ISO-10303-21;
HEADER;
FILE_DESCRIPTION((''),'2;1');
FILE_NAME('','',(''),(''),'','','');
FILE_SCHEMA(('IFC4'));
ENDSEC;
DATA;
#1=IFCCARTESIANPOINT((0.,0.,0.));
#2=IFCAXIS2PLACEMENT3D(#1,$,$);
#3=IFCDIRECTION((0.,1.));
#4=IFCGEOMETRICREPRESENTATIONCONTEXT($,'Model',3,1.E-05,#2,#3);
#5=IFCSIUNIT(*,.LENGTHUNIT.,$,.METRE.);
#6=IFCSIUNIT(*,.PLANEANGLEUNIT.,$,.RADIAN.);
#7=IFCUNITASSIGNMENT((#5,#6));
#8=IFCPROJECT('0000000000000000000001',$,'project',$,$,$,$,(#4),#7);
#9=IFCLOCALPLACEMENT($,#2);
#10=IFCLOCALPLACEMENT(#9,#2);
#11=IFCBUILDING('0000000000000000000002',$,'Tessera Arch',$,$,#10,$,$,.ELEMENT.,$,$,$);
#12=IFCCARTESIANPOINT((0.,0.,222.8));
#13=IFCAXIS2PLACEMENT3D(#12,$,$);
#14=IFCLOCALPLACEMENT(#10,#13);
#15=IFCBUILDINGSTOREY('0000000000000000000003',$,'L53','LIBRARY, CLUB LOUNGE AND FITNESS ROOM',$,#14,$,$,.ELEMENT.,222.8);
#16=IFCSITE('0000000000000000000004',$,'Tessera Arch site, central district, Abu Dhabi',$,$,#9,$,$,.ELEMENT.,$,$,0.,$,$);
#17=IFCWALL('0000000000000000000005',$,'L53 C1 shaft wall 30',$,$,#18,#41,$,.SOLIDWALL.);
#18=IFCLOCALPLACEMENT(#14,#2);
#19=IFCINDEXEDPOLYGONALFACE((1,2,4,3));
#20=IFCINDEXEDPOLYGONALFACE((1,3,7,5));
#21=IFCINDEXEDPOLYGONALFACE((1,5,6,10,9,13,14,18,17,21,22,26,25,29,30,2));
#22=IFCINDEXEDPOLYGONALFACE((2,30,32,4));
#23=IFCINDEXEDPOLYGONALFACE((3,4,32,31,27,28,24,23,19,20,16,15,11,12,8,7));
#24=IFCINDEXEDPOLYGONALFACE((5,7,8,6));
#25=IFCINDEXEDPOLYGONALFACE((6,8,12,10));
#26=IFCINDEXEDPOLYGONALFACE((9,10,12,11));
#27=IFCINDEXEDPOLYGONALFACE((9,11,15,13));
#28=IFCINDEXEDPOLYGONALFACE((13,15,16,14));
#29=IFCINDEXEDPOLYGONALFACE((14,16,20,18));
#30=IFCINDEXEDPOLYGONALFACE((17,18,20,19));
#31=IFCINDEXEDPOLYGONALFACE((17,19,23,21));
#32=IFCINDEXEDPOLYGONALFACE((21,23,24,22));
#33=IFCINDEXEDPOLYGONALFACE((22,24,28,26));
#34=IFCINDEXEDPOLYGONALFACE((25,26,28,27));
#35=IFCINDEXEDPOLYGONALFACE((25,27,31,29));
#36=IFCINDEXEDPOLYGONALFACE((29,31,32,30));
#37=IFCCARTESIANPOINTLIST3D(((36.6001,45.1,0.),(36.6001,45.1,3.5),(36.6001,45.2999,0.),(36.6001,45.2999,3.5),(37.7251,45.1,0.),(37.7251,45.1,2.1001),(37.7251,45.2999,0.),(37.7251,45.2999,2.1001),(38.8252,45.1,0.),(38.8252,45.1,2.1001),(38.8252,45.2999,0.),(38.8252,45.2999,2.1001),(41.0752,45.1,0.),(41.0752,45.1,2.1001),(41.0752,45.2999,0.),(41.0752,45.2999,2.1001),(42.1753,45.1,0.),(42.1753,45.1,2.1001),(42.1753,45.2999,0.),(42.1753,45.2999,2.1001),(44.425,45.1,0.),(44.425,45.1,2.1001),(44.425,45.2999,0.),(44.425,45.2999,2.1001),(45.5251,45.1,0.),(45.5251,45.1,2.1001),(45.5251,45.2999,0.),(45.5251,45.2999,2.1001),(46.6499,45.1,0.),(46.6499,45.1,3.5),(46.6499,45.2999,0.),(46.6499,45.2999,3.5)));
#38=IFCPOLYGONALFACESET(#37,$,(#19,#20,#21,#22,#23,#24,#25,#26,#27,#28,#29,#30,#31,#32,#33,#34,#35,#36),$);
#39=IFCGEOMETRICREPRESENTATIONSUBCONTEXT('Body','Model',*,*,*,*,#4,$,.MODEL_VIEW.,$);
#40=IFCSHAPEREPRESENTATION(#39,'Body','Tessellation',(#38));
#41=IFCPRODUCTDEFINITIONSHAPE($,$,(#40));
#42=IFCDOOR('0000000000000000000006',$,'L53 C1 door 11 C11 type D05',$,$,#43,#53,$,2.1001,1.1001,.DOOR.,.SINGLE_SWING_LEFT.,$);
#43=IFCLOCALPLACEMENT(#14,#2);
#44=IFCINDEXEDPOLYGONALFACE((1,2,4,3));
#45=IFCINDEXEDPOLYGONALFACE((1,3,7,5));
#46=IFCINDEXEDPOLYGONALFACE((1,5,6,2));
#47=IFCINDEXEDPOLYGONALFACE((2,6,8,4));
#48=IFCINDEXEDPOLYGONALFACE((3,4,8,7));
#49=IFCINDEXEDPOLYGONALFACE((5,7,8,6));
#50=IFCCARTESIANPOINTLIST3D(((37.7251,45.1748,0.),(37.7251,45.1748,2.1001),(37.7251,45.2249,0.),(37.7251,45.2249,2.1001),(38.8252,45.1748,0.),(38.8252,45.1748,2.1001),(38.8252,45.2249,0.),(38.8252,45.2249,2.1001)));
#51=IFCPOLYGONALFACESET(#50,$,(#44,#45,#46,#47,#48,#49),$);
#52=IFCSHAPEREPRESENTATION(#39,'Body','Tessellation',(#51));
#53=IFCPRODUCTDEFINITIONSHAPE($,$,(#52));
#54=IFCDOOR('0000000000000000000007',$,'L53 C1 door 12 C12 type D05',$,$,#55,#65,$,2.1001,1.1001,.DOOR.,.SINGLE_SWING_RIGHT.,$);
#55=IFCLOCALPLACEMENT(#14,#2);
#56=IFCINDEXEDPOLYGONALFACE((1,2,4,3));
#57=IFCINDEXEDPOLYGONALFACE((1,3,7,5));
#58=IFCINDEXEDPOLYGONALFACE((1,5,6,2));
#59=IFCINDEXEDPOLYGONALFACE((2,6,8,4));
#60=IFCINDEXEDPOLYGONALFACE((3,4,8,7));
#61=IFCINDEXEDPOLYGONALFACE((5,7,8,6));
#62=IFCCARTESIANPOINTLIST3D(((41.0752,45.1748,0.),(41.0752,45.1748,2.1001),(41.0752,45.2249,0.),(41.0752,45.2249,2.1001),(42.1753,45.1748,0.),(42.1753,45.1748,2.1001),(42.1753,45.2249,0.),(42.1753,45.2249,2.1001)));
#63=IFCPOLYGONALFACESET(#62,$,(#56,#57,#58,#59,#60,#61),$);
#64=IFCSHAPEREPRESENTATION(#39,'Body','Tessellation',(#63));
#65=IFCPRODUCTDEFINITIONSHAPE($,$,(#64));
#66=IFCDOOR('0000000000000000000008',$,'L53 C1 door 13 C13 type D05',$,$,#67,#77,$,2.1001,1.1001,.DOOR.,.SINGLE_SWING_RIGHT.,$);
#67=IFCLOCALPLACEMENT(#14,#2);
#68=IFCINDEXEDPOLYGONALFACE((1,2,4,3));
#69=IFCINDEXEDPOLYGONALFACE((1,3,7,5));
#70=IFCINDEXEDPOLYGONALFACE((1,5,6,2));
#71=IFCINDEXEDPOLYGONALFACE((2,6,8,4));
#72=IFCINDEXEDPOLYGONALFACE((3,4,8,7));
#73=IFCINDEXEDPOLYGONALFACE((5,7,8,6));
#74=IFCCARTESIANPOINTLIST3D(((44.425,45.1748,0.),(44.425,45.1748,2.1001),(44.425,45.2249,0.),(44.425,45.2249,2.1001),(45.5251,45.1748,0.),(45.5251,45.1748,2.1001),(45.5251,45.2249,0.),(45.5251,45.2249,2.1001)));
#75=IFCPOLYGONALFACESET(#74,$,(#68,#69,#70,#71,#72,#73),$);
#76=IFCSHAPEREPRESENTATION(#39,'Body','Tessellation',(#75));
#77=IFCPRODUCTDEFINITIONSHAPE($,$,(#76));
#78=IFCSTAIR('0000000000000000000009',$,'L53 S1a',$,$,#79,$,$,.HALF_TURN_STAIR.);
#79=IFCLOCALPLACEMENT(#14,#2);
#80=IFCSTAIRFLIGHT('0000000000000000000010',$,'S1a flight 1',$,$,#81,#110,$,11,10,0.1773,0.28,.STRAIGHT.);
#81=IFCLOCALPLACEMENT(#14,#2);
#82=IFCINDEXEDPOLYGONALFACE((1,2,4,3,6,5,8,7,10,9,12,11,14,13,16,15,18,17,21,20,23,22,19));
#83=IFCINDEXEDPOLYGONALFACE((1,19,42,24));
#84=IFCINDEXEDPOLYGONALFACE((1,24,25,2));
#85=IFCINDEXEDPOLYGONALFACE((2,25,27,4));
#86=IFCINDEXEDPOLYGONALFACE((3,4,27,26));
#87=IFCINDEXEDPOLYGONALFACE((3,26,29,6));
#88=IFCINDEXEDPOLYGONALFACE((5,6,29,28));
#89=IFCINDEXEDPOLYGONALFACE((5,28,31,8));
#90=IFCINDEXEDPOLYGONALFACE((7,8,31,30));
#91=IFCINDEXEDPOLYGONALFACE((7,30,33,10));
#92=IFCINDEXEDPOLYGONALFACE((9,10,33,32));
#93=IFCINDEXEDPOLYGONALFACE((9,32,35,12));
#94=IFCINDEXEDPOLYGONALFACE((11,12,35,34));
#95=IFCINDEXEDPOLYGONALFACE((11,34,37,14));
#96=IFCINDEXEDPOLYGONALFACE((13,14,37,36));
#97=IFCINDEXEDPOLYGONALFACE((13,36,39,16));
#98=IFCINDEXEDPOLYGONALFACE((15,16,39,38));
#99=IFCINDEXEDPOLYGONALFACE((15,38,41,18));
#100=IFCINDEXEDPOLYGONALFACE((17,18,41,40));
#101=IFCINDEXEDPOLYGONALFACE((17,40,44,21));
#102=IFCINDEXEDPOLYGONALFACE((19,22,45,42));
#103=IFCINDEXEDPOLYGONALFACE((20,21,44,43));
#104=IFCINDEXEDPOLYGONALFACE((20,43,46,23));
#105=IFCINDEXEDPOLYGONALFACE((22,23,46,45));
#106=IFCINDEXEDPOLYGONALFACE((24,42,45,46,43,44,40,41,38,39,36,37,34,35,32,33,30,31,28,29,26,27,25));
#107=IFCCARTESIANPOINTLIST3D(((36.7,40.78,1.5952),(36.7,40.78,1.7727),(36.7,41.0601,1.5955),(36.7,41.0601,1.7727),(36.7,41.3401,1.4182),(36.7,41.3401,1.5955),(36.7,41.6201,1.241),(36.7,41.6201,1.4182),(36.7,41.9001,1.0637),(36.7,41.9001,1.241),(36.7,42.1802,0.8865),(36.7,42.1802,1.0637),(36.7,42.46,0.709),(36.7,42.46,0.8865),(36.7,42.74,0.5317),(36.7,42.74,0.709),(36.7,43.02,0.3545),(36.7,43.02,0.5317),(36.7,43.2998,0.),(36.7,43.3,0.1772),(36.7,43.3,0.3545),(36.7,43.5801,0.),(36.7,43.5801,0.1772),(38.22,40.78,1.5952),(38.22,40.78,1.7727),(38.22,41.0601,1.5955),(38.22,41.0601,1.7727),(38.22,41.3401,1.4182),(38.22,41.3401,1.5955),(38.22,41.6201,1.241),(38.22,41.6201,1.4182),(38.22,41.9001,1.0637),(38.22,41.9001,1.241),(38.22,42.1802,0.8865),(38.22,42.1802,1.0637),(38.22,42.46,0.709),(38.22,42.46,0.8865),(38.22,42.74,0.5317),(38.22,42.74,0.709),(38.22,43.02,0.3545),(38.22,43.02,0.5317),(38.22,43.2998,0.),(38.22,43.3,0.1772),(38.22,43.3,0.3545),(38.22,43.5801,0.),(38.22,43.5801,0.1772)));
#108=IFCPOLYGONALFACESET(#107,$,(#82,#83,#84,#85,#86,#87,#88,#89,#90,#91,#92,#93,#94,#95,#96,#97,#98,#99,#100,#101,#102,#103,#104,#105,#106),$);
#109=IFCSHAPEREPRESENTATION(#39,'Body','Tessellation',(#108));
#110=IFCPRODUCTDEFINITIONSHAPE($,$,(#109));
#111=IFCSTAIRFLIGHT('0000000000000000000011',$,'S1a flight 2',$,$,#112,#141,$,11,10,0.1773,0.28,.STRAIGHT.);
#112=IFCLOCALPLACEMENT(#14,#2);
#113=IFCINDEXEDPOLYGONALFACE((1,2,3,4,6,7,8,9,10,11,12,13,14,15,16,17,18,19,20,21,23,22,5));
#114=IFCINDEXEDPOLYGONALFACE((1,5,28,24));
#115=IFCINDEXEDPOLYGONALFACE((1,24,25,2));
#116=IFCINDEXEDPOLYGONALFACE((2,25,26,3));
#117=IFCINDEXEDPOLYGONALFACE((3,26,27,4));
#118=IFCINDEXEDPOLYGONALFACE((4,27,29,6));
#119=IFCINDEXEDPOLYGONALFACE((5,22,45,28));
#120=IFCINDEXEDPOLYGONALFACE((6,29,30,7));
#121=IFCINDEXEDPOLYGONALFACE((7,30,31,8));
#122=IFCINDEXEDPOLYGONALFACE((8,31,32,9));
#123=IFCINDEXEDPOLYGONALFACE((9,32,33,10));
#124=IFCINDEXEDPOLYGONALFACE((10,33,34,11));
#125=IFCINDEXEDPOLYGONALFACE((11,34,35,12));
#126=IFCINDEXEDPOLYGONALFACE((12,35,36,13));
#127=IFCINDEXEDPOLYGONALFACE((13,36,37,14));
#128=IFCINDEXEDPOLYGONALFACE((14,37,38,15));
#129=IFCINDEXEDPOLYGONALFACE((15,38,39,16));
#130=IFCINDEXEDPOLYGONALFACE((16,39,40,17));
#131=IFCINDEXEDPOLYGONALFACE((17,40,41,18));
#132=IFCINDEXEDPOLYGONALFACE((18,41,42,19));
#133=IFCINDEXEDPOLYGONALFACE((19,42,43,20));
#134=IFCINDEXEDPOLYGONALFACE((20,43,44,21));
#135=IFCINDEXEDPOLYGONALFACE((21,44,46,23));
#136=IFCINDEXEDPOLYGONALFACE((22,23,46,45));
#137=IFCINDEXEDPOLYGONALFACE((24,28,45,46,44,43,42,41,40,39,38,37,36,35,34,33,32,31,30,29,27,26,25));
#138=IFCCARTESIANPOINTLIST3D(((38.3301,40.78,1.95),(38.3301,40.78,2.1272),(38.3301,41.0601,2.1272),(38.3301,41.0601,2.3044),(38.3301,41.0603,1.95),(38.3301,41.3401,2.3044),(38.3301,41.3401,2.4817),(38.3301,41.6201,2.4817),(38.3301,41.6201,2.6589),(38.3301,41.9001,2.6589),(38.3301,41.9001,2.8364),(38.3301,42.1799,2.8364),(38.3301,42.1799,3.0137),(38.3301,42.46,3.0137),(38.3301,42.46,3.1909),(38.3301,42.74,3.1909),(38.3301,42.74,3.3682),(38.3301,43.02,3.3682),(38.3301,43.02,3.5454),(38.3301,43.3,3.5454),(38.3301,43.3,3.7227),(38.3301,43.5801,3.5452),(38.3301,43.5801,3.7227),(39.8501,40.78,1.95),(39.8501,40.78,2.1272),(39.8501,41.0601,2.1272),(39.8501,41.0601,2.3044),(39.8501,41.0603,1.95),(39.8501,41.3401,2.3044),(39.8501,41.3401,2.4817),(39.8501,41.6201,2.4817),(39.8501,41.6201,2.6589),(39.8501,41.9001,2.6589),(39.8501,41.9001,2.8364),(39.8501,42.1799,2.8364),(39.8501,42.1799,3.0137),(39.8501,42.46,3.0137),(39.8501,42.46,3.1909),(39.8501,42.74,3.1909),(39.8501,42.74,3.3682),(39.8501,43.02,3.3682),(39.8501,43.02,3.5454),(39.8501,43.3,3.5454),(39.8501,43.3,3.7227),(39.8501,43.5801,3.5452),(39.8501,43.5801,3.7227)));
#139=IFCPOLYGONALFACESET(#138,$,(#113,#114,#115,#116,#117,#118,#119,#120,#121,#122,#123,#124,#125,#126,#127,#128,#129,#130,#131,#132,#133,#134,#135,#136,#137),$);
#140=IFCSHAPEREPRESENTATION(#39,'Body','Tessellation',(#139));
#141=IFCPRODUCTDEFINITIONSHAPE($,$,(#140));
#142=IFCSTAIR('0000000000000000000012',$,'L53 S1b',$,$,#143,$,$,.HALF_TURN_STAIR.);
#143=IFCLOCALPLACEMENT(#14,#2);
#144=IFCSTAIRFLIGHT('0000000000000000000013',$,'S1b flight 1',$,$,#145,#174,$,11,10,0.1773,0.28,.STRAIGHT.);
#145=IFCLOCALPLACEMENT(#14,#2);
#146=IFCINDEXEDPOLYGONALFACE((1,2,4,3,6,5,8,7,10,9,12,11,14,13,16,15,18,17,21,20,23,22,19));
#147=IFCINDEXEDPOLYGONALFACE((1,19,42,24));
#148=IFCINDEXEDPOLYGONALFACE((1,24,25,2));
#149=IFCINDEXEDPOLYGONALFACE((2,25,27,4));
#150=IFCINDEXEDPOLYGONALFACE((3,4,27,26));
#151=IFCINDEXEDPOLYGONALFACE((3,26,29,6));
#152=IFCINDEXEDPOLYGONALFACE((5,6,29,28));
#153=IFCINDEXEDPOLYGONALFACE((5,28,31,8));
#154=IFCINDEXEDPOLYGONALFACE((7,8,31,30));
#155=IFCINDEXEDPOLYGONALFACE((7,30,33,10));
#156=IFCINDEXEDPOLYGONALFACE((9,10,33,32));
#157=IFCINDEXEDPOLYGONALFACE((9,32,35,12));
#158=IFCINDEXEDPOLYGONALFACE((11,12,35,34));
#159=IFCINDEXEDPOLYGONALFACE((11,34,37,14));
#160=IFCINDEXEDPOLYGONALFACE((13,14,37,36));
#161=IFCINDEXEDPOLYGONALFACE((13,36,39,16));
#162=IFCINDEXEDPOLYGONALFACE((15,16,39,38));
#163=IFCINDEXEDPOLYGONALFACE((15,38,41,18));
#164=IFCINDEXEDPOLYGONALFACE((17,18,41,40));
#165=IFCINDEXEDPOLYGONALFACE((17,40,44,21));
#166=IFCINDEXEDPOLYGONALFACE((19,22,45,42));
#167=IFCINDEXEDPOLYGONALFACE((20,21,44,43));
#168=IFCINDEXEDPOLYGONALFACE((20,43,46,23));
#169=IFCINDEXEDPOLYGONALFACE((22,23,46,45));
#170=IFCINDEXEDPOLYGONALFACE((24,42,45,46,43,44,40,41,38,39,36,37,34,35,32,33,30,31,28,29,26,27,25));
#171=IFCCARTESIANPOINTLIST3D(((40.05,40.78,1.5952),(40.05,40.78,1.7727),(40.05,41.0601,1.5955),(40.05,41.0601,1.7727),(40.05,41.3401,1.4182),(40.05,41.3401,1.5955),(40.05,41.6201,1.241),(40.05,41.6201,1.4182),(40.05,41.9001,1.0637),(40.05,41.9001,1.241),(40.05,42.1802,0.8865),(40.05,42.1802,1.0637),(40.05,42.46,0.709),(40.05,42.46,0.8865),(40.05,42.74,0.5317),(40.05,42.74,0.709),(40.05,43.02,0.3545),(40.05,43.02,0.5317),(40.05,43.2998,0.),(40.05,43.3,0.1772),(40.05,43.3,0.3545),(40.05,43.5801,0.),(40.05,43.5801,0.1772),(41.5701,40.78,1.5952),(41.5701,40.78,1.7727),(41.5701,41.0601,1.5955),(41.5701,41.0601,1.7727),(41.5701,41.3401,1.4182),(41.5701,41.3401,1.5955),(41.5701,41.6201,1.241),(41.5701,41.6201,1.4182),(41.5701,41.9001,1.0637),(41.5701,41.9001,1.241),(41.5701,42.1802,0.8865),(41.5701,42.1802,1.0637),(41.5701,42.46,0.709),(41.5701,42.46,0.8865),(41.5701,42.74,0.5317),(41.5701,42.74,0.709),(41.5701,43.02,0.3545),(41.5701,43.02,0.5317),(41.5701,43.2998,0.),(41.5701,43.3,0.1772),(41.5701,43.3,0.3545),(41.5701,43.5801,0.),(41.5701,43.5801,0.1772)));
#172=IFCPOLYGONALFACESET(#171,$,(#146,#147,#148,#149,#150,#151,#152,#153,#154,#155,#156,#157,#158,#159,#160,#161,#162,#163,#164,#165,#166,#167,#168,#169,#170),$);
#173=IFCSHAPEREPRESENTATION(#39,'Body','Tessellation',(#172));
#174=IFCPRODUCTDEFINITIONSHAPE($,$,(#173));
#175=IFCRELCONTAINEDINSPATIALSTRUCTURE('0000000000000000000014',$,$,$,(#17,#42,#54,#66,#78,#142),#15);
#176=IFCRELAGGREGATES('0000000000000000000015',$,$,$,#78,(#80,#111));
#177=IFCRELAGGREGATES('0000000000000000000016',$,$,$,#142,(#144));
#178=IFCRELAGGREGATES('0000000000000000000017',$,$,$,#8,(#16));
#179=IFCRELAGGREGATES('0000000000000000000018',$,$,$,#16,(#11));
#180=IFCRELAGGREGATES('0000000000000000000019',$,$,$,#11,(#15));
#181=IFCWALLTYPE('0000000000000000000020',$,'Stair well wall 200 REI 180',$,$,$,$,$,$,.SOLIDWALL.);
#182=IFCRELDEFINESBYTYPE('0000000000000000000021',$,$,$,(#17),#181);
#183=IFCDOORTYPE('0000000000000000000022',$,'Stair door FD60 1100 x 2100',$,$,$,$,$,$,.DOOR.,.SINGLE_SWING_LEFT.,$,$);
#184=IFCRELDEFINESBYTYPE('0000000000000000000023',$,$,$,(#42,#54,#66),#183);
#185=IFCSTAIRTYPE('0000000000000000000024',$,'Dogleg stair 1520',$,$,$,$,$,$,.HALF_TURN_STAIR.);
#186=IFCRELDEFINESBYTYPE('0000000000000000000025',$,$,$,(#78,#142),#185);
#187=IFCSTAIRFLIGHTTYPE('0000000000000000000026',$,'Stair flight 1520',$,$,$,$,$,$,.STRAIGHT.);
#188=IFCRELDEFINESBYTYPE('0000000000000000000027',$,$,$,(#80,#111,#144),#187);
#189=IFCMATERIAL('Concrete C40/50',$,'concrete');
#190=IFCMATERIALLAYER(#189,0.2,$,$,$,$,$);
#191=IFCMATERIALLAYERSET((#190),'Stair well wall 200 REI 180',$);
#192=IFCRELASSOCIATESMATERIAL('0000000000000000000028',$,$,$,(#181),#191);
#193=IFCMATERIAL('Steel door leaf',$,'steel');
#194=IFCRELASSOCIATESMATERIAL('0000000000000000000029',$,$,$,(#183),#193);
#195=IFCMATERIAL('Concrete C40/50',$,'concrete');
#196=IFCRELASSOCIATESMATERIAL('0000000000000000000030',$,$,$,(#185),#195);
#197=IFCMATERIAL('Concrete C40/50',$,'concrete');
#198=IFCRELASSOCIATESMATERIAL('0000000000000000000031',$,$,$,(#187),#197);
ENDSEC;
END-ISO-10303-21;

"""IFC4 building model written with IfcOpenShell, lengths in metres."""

from ifc_helpers import new_model, si_unit, direction, frame, frame_2d, origin, place, context, subcontext, project, spatial, polyline, rectangle, outline, extrude, material, layer, layer_set, type_object, element, fill, aggregate, save


model = new_model("IFC4")

# Units and contexts
model_context = context("Model", 3, precision=1e-05, world=origin(), true_north=direction((0.0, 1.0)))
body_context = subcontext(model_context, "Body", "Model", "MODEL_VIEW")
ifc_project = project(units=[si_unit("LENGTHUNIT", "METRE"), si_unit("PLANEANGLEUNIT", "RADIAN")], contexts=[model_context])

# Site, building, storey
site_placement = place(None, origin())
site = spatial("IfcSite", under=ifc_project, at=site_placement, Name="Tessera Arch site, central district, Abu Dhabi", CompositionType="ELEMENT", RefElevation=0.0)
building_placement = place(site_placement, origin())
building = spatial("IfcBuilding", under=site, at=building_placement, Name="Tessera Arch", CompositionType="ELEMENT")
storey_placement = place(building_placement, frame((0.0, 0.0, 222.8)))
storey = spatial("IfcBuildingStorey", under=building, at=storey_placement, Name="L53", Description="LIBRARY, CLUB LOUNGE AND FITNESS ROOM", CompositionType="ELEMENT", Elevation=222.8)

# Shared definitions
ifc_material_1 = material(Name="Concrete C40/50", Category="concrete")
ifc_layer_1 = layer(ifc_material_1, 0.2)
ifc_layer_set_1 = layer_set([ifc_layer_1], Name="Stair well wall 200 REI 180")
wall_type_1 = type_object("IfcWallType", Name="Stair well wall 200 REI 180", PredefinedType="SOLIDWALL", material=ifc_layer_set_1)

# Wall, openings, doors
wall_1_placement = place(storey_placement, frame((36.6001, 45.2, 0.0), z_axis=(0.0, 0.0, 1.0), x_axis=(1.0, 0.0, 0.0)))
wall_1 = element("IfcWall", 1, at=wall_1_placement, inside=storey, type_object=wall_type_1, Name="L53 C1 shaft wall 30", PredefinedType="SOLIDWALL", context=body_context, shape_type="SweptSolid", body=[
    extrude(rectangle(XDim=10.0498, YDim=0.2, at=frame_2d((5.0249, 0.0))), origin(), (0.0, 0.0, 1.0), 3.5),
])
opening_1_placement = place(wall_1_placement, frame((1.125, 0.0, 0.0)))
opening_1 = element("IfcOpeningElement", 2, at=opening_1_placement, cuts=wall_1, PredefinedType="OPENING", context=body_context, shape_type="SweptSolid", body=[
    extrude(rectangle(XDim=1.1001, YDim=2.1001, at=frame_2d((0.55, 1.05))), frame((0.0, 0.1099, 0.0), z_axis=(0.0, -1.0, 0.0), x_axis=(1.0, 0.0, 0.0)), (0.0, 0.0, 1.0), 0.22),
])
opening_2_placement = place(wall_1_placement, frame((4.4751, 0.0, 0.0)))
opening_2 = element("IfcOpeningElement", 3, at=opening_2_placement, cuts=wall_1, PredefinedType="OPENING", context=body_context, shape_type="SweptSolid", body=[
    extrude(rectangle(XDim=1.1001, YDim=2.1001, at=frame_2d((0.55, 1.05))), frame((0.0, 0.1099, 0.0), z_axis=(0.0, -1.0, 0.0), x_axis=(1.0, 0.0, 0.0)), (0.0, 0.0, 1.0), 0.22),
])
opening_3_placement = place(wall_1_placement, frame((7.825, 0.0, 0.0)))
opening_3 = element("IfcOpeningElement", 4, at=opening_3_placement, cuts=wall_1, PredefinedType="OPENING", context=body_context, shape_type="SweptSolid", body=[
    extrude(rectangle(XDim=1.1001, YDim=2.1001, at=frame_2d((0.55, 1.05))), frame((0.0, 0.1099, 0.0), z_axis=(0.0, -1.0, 0.0), x_axis=(1.0, 0.0, 0.0)), (0.0, 0.0, 1.0), 0.22),
])
ifc_material_2 = material(Name="Steel door leaf", Category="steel")
door_type_1 = type_object("IfcDoorType", Name="Stair door FD60 1100 x 2100", OperationType="SINGLE_SWING_LEFT", PredefinedType="DOOR", material=ifc_material_2)
door_1_placement = place(opening_1_placement, origin())
door_1 = element("IfcDoor", 5, at=door_1_placement, inside=storey, type_object=door_type_1, Name="L53 C1 door 11 C11 type D05", OperationType="SINGLE_SWING_LEFT", OverallHeight=2.1001, OverallWidth=1.1001, PredefinedType="DOOR", context=body_context, shape_type="SweptSolid", body=[
    extrude(rectangle(XDim=1.1001, YDim=2.1001, at=frame_2d((0.55, 1.05))), frame((0.0, 0.0249, 0.0), z_axis=(0.0, -1.0, 0.0), x_axis=(1.0, 0.0, 0.0)), (0.0, 0.0, 1.0), 0.05),
])
fill(opening_1, door_1)
door_2_placement = place(opening_2_placement, origin())
door_2 = element("IfcDoor", 6, at=door_2_placement, inside=storey, type_object=door_type_1, Name="L53 C1 door 12 C12 type D05", OperationType="SINGLE_SWING_RIGHT", OverallHeight=2.1001, OverallWidth=1.1001, PredefinedType="DOOR", context=body_context, shape_type="SweptSolid", body=[
    extrude(rectangle(XDim=1.1001, YDim=2.1001, at=frame_2d((0.55, 1.05))), frame((0.0, 0.0249, 0.0), z_axis=(0.0, -1.0, 0.0), x_axis=(1.0, 0.0, 0.0)), (0.0, 0.0, 1.0), 0.05),
])
fill(opening_2, door_2)
door_3_placement = place(opening_3_placement, origin())
door_3 = element("IfcDoor", 7, at=door_3_placement, inside=storey, type_object=door_type_1, Name="L53 C1 door 13 C13 type D05", OperationType="SINGLE_SWING_RIGHT", OverallHeight=2.1001, OverallWidth=1.1001, PredefinedType="DOOR", context=body_context, shape_type="SweptSolid", body=[
    extrude(rectangle(XDim=1.1001, YDim=2.1001, at=frame_2d((0.55, 1.05))), frame((0.0, 0.0249, 0.0), z_axis=(0.0, -1.0, 0.0), x_axis=(1.0, 0.0, 0.0)), (0.0, 0.0, 1.0), 0.05),
])
fill(opening_3, door_3)

# Stair, stair flights
ifc_material_3 = material(Name="Concrete C40/50", Category="concrete")
stair_type = type_object("IfcStairType", Name="Dogleg stair 1520", PredefinedType="HALF_TURN_STAIR", material=ifc_material_3)
stair_1_placement = place(storey_placement, origin())
stair_1 = element("IfcStair", 8, at=stair_1_placement, inside=storey, type_object=stair_type, Name="L53 S1a", PredefinedType="HALF_TURN_STAIR")
ifc_material_4 = material(Name="Concrete C40/50", Category="concrete")
stair_flight_type = type_object("IfcStairFlightType", Name="Stair flight 1520", PredefinedType="STRAIGHT", material=ifc_material_4)
stair_flight_1_placement = place(storey_placement, frame((37.46, 43.5801, 0.0), z_axis=(0.0, 0.0, 1.0), x_axis=(0.0, -1.0, 0.0)))
stair_flight_1 = element("IfcStairFlight", 9, at=stair_flight_1_placement, type_object=stair_flight_type, Name="S1a flight 1", NumberOfRisers=11, NumberOfTreads=10, PredefinedType="STRAIGHT", RiserHeight=0.1773, TreadLength=0.28, context=body_context, shape_type="SweptSolid", body=[
    extrude(outline(polyline([(0.0, 0.0), (0.0, 0.1772), (0.28, 0.1772), (0.28, 0.3545), (0.5601, 0.3545), (0.5601, 0.5317), (0.8401, 0.5317), (0.8401, 0.709), (1.1201, 0.709), (1.1201, 0.8865), (1.3999, 0.8865), (1.3999, 1.0637), (1.6799, 1.0637), (1.6799, 1.241), (1.96, 1.241), (1.96, 1.4182), (2.24, 1.4182), (2.24, 1.5955), (2.52, 1.5955), (2.52, 1.7727), (2.8, 1.7727), (2.8, 1.95), (2.8, 1.5952), (0.2803, 0.0), (0.0, 0.0)])), frame((0.0, 0.76, 0.0), z_axis=(0.0, -1.0, 0.0), x_axis=(1.0, 0.0, 0.0)), (0.0, 0.0, 1.0), 1.52),
])
stair_flight_2_placement = place(storey_placement, frame((39.0901, 40.78, 1.95), z_axis=(0.0, 0.0, 1.0), x_axis=(0.0, 1.0, 0.0)))
stair_flight_2 = element("IfcStairFlight", 10, at=stair_flight_2_placement, type_object=stair_flight_type, Name="S1a flight 2", NumberOfRisers=11, NumberOfTreads=10, PredefinedType="STRAIGHT", RiserHeight=0.1773, TreadLength=0.28, context=body_context, shape_type="SweptSolid", body=[
    extrude(outline(polyline([(0.0, 0.0), (0.0, 0.1772), (0.28, 0.1772), (0.28, 0.3545), (0.5601, 0.3545), (0.5601, 0.5317), (0.8401, 0.5317), (0.8401, 0.709), (1.1201, 0.709), (1.1201, 0.8865), (1.3999, 0.8865), (1.3999, 1.0637), (1.6799, 1.0637), (1.6799, 1.241), (1.96, 1.241), (1.96, 1.4182), (2.24, 1.4182), (2.24, 1.5955), (2.52, 1.5955), (2.52, 1.7727), (2.8, 1.7727), (2.8, 1.95), (2.8, 1.5952), (0.2803, 0.0), (0.0, 0.0)])), frame((0.0, 0.76, 0.0), z_axis=(0.0, -1.0, 0.0), x_axis=(1.0, 0.0, 0.0)), (0.0, 0.0, 1.0), 1.52),
])
aggregate(stair_1, [stair_flight_1, stair_flight_2])

# Stair, stair flight
stair_2_placement = place(storey_placement, origin())
stair_2 = element("IfcStair", 11, at=stair_2_placement, inside=storey, type_object=stair_type, Name="L53 S1b", PredefinedType="HALF_TURN_STAIR")
stair_flight_3_placement = place(storey_placement, frame((40.8101, 43.5801, 0.0), z_axis=(0.0, 0.0, 1.0), x_axis=(0.0, -1.0, 0.0)))
stair_flight_3 = element("IfcStairFlight", 12, at=stair_flight_3_placement, type_object=stair_flight_type, Name="S1b flight 1", NumberOfRisers=11, NumberOfTreads=10, PredefinedType="STRAIGHT", RiserHeight=0.1773, TreadLength=0.28, context=body_context, shape_type="SweptSolid", body=[
    extrude(outline(polyline([(0.0, 0.0), (0.0, 0.1772), (0.28, 0.1772), (0.28, 0.3545), (0.5601, 0.3545), (0.5601, 0.5317), (0.8401, 0.5317), (0.8401, 0.709), (1.1201, 0.709), (1.1201, 0.8865), (1.3999, 0.8865), (1.3999, 1.0637), (1.6799, 1.0637), (1.6799, 1.241), (1.96, 1.241), (1.96, 1.4182), (2.24, 1.4182), (2.24, 1.5955), (2.52, 1.5955), (2.52, 1.7727), (2.8, 1.7727), (2.8, 1.95), (2.8, 1.5952), (0.2803, 0.0), (0.0, 0.0)])), frame((0.0, 0.76, 0.0), z_axis=(0.0, -1.0, 0.0), x_axis=(1.0, 0.0, 0.0)), (0.0, 0.0, 1.0), 1.52),
])
aggregate(stair_2, [stair_flight_3])

save(model, "model.ifc")
